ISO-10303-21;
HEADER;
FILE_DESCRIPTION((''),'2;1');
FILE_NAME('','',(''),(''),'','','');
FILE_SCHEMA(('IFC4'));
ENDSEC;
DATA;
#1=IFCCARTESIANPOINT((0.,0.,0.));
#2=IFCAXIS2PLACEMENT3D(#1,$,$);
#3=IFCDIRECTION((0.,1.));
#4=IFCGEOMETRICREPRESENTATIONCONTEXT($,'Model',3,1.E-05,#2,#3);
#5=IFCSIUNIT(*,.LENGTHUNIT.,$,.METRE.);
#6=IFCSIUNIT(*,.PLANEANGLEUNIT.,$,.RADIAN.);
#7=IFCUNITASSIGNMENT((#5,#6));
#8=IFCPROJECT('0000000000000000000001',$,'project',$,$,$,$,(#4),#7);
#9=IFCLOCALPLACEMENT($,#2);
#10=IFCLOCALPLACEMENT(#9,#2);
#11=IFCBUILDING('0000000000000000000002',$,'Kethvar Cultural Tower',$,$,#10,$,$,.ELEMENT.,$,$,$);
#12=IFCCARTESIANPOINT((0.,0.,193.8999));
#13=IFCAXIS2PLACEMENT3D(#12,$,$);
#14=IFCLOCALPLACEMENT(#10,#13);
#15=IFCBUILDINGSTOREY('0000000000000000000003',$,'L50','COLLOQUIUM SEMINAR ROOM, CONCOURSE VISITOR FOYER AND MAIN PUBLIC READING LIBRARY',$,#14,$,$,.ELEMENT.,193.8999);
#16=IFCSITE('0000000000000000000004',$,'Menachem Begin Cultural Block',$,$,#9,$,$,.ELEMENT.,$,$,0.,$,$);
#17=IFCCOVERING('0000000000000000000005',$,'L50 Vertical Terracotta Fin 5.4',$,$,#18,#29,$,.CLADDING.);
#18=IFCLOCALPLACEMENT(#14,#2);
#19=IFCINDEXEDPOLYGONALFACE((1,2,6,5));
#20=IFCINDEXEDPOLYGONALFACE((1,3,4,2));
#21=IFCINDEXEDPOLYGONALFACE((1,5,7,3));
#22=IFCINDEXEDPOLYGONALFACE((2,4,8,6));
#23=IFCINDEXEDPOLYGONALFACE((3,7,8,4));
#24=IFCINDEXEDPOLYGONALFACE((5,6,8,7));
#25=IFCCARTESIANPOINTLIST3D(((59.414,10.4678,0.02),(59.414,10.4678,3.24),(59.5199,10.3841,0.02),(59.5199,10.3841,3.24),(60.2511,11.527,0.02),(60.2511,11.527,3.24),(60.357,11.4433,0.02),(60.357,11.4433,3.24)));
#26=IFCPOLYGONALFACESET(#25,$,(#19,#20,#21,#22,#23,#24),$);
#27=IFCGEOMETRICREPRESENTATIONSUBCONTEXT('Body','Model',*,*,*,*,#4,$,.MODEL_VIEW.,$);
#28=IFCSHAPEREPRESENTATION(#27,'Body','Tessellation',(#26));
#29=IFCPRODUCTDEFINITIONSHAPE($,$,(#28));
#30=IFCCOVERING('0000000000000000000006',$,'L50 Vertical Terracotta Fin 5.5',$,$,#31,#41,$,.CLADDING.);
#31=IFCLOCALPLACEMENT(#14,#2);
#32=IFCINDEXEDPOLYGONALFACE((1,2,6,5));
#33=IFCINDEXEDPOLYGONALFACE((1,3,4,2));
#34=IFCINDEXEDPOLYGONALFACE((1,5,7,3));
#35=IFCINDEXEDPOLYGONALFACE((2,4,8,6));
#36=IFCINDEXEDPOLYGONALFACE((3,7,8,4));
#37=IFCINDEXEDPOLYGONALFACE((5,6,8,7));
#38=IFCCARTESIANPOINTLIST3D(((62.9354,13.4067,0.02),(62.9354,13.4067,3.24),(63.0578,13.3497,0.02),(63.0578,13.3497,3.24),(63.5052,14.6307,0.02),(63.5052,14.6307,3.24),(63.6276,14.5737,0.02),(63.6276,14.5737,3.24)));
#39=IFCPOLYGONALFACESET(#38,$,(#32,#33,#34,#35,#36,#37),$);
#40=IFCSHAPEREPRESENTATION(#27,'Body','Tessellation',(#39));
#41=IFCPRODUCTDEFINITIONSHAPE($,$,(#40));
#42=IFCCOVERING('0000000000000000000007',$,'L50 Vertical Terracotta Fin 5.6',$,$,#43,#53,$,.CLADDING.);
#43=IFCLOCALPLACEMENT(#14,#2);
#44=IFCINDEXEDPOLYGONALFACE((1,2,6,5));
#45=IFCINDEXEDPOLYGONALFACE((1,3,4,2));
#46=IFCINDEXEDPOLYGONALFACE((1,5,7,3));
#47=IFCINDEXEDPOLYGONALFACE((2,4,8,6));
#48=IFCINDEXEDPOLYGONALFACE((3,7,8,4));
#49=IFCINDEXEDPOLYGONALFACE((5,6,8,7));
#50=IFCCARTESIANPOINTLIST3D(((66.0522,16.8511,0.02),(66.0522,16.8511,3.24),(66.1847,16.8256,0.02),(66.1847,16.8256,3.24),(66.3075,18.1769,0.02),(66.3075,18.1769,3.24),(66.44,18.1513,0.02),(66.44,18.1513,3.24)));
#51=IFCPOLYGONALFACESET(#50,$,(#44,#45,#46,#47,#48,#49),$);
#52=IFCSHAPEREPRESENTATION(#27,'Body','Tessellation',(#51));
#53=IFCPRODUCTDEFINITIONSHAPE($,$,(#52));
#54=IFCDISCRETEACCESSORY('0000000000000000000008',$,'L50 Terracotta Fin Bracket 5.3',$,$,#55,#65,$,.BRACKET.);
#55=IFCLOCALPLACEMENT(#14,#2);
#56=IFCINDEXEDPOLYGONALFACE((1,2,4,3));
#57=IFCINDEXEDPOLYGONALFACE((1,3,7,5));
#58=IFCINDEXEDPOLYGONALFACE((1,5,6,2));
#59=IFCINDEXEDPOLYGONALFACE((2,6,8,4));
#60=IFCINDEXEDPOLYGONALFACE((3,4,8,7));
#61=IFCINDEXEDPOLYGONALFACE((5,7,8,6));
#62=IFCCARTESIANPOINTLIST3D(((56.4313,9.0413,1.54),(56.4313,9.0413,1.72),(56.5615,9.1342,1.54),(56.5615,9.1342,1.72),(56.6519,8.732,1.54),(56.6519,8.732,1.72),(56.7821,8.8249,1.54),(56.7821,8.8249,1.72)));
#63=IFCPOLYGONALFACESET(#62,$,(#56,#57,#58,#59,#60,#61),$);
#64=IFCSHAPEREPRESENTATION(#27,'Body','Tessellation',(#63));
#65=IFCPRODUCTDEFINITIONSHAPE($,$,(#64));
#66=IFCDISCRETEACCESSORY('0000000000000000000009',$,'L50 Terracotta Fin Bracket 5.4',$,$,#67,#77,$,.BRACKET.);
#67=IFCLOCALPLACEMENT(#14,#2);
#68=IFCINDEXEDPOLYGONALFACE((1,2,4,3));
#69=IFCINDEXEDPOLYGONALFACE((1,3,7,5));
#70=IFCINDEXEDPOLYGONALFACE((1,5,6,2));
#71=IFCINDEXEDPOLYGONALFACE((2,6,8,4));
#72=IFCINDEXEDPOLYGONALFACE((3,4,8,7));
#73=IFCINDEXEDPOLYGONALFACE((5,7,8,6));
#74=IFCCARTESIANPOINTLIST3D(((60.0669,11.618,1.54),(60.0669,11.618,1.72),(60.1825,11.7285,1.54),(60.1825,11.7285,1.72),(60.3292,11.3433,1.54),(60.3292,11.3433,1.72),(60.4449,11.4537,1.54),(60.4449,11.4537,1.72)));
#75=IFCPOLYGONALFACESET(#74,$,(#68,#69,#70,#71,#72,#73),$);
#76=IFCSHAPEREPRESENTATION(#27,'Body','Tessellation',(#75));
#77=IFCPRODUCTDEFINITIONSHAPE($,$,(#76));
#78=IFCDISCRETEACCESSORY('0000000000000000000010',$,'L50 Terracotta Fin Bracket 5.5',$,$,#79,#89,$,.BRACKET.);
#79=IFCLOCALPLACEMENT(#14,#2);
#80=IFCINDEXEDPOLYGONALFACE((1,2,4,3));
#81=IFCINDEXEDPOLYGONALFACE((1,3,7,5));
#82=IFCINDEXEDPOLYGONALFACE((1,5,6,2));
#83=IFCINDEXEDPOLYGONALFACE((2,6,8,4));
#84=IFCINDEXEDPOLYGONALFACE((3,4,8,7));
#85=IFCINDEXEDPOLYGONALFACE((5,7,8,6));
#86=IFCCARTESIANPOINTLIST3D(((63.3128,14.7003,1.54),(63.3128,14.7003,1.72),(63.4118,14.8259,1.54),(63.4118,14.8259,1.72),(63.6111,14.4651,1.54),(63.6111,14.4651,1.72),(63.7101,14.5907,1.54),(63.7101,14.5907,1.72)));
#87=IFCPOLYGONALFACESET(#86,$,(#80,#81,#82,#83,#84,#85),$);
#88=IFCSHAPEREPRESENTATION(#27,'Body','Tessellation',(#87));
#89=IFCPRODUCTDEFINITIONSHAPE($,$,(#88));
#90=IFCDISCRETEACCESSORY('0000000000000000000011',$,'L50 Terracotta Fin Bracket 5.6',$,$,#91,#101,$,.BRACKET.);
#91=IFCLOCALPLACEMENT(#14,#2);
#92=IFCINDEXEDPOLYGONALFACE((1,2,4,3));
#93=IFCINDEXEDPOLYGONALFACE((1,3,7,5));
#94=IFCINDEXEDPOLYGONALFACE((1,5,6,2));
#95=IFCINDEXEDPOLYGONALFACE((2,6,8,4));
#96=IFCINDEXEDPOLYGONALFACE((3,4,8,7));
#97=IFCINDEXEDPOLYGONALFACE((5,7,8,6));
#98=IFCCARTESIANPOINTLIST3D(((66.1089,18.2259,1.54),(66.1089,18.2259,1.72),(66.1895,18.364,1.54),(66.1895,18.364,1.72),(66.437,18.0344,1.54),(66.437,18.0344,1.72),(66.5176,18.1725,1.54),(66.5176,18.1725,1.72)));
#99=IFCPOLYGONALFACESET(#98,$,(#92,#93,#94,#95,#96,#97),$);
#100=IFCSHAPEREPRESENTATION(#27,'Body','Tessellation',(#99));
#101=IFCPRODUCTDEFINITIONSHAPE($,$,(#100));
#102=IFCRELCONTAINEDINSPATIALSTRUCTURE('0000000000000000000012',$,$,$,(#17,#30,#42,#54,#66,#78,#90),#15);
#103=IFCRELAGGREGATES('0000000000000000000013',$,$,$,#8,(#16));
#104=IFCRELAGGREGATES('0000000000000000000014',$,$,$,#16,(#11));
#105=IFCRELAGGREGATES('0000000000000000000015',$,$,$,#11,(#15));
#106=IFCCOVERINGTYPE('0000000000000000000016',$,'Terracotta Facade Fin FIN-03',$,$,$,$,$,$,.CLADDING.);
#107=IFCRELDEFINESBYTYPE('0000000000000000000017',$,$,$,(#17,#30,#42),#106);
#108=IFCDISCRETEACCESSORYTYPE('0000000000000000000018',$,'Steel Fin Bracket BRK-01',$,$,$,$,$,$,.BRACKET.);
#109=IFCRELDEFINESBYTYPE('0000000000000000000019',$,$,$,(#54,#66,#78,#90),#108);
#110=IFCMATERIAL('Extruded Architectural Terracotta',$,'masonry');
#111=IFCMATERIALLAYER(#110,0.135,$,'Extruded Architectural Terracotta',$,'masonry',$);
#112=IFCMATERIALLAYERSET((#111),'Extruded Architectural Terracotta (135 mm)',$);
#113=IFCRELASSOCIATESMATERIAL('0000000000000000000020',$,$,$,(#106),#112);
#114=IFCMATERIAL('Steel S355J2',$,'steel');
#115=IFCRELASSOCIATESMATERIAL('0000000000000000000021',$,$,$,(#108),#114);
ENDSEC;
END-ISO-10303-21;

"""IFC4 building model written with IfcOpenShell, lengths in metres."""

from ifc_helpers import new_model, si_unit, direction, frame, origin, origin_2d, place, context, subcontext, project, spatial, rectangle, extrude, source, transform, mapped, material, layer, layer_set, type_object, element, save


model = new_model("IFC4")

# Units and contexts
model_context = context("Model", 3, precision=1e-05, world=origin(), true_north=direction((0.0, 1.0)))
body_context = subcontext(model_context, "Body", "Model", "MODEL_VIEW")
ifc_project = project(units=[si_unit("LENGTHUNIT", "METRE"), si_unit("PLANEANGLEUNIT", "RADIAN")], contexts=[model_context])

# Site, building, storey
site_placement = place(None, origin())
site = spatial("IfcSite", under=ifc_project, at=site_placement, Name="Menachem Begin Cultural Block", CompositionType="ELEMENT", RefElevation=0.0)
building_placement = place(site_placement, origin())
building = spatial("IfcBuilding", under=site, at=building_placement, Name="Kethvar Cultural Tower", CompositionType="ELEMENT")
storey_placement = place(building_placement, frame((0.0, 0.0, 193.8999)))
storey = spatial("IfcBuildingStorey", under=building, at=storey_placement, Name="L50", Description="COLLOQUIUM SEMINAR ROOM, CONCOURSE VISITOR FOYER AND MAIN PUBLIC READING LIBRARY", CompositionType="ELEMENT", Elevation=193.8999)

# Shared definitions
ifc_material_1 = material(Name="Steel S355J2", Category="steel")

# Coverings
ifc_material_2 = material(Name="Extruded Architectural Terracotta", Category="masonry")
ifc_layer_1 = layer(ifc_material_2, 0.135, Name="Extruded Architectural Terracotta", Category="masonry")
ifc_layer_set_1 = layer_set([ifc_layer_1], Name="Extruded Architectural Terracotta (135 mm)")
covering_type = type_object("IfcCoveringType", Name="Terracotta Facade Fin FIN-03", PredefinedType="CLADDING", material=ifc_layer_set_1)
shared_shape_1 = source(origin(), body_context, "Body", "SweptSolid", [
    extrude(rectangle(XDim=1.3501, YDim=0.135, at=origin_2d()), origin(), (0.0, 0.0, 1.0), 3.22),
])
for number, where, z_axis, x_axis, name in (
    (1, (59.8855, 10.9556, 0.02), (0.0, 0.0, 1.0), (-0.620053, -0.78456, 0.0), "L50 Vertical Terracotta Fin 5.4"),
    (2, (63.2815, 13.9902, 0.02), (0.0, 0.0, 1.0), (-0.421985, -0.906603, 0.0), "L50 Vertical Terracotta Fin 5.5"),
    (3, (66.2461, 17.5012, 0.02), (0.0, 0.0, 1.0), (-0.189095, -0.981959, 0.0), "L50 Vertical Terracotta Fin 5.6"),
):
    element("IfcCovering", number, at=place(storey_placement, frame(where, z_axis=z_axis, x_axis=x_axis)), inside=storey, type_object=covering_type, Name=name, PredefinedType="CLADDING", context=body_context, shape_type="MappedRepresentation", body=[
        mapped(shared_shape_1, transform((0.0, 0.0, 0.0), scale=1.0)),
    ])

# Discrete accessories
discrete_accessory_type = type_object("IfcDiscreteAccessoryType", Name="Steel Fin Bracket BRK-01", PredefinedType="BRACKET", material=ifc_material_1)
shared_shape_2 = source(origin(), body_context, "Body", "SweptSolid", [
    extrude(rectangle(XDim=0.3799, YDim=0.1599, at=origin_2d()), origin(), (0.0, 0.0, 1.0), 0.1799),
])
for number, where, z_axis, x_axis, name in (
    (4, (56.6067, 8.9331, 1.54), (0.0, 0.0, 1.0), (0.580703, -0.814116, 0.0), "L50 Terracotta Fin Bracket 5.3"),
    (5, (60.2559, 11.5359, 1.54), (0.0, 0.0, 1.0), (0.69063, -0.723208, 0.0), "L50 Terracotta Fin Bracket 5.4"),
    (6, (63.5115, 14.6455, 1.54), (0.0, 0.0, 1.0), (0.785317, -0.619094, 0.0), "L50 Terracotta Fin Bracket 5.5"),
    (7, (66.3132, 18.1992, 1.54), (0.0, 0.0, 1.0), (0.86366, -0.504075, 0.0), "L50 Terracotta Fin Bracket 5.6"),
):
    element("IfcDiscreteAccessory", number, at=place(storey_placement, frame(where, z_axis=z_axis, x_axis=x_axis)), inside=storey, type_object=discrete_accessory_type, Name=name, PredefinedType="BRACKET", context=body_context, shape_type="MappedRepresentation", body=[
        mapped(shared_shape_2, transform((0.0, 0.0, 0.0), scale=1.0)),
    ])

save(model, "model.ifc")
